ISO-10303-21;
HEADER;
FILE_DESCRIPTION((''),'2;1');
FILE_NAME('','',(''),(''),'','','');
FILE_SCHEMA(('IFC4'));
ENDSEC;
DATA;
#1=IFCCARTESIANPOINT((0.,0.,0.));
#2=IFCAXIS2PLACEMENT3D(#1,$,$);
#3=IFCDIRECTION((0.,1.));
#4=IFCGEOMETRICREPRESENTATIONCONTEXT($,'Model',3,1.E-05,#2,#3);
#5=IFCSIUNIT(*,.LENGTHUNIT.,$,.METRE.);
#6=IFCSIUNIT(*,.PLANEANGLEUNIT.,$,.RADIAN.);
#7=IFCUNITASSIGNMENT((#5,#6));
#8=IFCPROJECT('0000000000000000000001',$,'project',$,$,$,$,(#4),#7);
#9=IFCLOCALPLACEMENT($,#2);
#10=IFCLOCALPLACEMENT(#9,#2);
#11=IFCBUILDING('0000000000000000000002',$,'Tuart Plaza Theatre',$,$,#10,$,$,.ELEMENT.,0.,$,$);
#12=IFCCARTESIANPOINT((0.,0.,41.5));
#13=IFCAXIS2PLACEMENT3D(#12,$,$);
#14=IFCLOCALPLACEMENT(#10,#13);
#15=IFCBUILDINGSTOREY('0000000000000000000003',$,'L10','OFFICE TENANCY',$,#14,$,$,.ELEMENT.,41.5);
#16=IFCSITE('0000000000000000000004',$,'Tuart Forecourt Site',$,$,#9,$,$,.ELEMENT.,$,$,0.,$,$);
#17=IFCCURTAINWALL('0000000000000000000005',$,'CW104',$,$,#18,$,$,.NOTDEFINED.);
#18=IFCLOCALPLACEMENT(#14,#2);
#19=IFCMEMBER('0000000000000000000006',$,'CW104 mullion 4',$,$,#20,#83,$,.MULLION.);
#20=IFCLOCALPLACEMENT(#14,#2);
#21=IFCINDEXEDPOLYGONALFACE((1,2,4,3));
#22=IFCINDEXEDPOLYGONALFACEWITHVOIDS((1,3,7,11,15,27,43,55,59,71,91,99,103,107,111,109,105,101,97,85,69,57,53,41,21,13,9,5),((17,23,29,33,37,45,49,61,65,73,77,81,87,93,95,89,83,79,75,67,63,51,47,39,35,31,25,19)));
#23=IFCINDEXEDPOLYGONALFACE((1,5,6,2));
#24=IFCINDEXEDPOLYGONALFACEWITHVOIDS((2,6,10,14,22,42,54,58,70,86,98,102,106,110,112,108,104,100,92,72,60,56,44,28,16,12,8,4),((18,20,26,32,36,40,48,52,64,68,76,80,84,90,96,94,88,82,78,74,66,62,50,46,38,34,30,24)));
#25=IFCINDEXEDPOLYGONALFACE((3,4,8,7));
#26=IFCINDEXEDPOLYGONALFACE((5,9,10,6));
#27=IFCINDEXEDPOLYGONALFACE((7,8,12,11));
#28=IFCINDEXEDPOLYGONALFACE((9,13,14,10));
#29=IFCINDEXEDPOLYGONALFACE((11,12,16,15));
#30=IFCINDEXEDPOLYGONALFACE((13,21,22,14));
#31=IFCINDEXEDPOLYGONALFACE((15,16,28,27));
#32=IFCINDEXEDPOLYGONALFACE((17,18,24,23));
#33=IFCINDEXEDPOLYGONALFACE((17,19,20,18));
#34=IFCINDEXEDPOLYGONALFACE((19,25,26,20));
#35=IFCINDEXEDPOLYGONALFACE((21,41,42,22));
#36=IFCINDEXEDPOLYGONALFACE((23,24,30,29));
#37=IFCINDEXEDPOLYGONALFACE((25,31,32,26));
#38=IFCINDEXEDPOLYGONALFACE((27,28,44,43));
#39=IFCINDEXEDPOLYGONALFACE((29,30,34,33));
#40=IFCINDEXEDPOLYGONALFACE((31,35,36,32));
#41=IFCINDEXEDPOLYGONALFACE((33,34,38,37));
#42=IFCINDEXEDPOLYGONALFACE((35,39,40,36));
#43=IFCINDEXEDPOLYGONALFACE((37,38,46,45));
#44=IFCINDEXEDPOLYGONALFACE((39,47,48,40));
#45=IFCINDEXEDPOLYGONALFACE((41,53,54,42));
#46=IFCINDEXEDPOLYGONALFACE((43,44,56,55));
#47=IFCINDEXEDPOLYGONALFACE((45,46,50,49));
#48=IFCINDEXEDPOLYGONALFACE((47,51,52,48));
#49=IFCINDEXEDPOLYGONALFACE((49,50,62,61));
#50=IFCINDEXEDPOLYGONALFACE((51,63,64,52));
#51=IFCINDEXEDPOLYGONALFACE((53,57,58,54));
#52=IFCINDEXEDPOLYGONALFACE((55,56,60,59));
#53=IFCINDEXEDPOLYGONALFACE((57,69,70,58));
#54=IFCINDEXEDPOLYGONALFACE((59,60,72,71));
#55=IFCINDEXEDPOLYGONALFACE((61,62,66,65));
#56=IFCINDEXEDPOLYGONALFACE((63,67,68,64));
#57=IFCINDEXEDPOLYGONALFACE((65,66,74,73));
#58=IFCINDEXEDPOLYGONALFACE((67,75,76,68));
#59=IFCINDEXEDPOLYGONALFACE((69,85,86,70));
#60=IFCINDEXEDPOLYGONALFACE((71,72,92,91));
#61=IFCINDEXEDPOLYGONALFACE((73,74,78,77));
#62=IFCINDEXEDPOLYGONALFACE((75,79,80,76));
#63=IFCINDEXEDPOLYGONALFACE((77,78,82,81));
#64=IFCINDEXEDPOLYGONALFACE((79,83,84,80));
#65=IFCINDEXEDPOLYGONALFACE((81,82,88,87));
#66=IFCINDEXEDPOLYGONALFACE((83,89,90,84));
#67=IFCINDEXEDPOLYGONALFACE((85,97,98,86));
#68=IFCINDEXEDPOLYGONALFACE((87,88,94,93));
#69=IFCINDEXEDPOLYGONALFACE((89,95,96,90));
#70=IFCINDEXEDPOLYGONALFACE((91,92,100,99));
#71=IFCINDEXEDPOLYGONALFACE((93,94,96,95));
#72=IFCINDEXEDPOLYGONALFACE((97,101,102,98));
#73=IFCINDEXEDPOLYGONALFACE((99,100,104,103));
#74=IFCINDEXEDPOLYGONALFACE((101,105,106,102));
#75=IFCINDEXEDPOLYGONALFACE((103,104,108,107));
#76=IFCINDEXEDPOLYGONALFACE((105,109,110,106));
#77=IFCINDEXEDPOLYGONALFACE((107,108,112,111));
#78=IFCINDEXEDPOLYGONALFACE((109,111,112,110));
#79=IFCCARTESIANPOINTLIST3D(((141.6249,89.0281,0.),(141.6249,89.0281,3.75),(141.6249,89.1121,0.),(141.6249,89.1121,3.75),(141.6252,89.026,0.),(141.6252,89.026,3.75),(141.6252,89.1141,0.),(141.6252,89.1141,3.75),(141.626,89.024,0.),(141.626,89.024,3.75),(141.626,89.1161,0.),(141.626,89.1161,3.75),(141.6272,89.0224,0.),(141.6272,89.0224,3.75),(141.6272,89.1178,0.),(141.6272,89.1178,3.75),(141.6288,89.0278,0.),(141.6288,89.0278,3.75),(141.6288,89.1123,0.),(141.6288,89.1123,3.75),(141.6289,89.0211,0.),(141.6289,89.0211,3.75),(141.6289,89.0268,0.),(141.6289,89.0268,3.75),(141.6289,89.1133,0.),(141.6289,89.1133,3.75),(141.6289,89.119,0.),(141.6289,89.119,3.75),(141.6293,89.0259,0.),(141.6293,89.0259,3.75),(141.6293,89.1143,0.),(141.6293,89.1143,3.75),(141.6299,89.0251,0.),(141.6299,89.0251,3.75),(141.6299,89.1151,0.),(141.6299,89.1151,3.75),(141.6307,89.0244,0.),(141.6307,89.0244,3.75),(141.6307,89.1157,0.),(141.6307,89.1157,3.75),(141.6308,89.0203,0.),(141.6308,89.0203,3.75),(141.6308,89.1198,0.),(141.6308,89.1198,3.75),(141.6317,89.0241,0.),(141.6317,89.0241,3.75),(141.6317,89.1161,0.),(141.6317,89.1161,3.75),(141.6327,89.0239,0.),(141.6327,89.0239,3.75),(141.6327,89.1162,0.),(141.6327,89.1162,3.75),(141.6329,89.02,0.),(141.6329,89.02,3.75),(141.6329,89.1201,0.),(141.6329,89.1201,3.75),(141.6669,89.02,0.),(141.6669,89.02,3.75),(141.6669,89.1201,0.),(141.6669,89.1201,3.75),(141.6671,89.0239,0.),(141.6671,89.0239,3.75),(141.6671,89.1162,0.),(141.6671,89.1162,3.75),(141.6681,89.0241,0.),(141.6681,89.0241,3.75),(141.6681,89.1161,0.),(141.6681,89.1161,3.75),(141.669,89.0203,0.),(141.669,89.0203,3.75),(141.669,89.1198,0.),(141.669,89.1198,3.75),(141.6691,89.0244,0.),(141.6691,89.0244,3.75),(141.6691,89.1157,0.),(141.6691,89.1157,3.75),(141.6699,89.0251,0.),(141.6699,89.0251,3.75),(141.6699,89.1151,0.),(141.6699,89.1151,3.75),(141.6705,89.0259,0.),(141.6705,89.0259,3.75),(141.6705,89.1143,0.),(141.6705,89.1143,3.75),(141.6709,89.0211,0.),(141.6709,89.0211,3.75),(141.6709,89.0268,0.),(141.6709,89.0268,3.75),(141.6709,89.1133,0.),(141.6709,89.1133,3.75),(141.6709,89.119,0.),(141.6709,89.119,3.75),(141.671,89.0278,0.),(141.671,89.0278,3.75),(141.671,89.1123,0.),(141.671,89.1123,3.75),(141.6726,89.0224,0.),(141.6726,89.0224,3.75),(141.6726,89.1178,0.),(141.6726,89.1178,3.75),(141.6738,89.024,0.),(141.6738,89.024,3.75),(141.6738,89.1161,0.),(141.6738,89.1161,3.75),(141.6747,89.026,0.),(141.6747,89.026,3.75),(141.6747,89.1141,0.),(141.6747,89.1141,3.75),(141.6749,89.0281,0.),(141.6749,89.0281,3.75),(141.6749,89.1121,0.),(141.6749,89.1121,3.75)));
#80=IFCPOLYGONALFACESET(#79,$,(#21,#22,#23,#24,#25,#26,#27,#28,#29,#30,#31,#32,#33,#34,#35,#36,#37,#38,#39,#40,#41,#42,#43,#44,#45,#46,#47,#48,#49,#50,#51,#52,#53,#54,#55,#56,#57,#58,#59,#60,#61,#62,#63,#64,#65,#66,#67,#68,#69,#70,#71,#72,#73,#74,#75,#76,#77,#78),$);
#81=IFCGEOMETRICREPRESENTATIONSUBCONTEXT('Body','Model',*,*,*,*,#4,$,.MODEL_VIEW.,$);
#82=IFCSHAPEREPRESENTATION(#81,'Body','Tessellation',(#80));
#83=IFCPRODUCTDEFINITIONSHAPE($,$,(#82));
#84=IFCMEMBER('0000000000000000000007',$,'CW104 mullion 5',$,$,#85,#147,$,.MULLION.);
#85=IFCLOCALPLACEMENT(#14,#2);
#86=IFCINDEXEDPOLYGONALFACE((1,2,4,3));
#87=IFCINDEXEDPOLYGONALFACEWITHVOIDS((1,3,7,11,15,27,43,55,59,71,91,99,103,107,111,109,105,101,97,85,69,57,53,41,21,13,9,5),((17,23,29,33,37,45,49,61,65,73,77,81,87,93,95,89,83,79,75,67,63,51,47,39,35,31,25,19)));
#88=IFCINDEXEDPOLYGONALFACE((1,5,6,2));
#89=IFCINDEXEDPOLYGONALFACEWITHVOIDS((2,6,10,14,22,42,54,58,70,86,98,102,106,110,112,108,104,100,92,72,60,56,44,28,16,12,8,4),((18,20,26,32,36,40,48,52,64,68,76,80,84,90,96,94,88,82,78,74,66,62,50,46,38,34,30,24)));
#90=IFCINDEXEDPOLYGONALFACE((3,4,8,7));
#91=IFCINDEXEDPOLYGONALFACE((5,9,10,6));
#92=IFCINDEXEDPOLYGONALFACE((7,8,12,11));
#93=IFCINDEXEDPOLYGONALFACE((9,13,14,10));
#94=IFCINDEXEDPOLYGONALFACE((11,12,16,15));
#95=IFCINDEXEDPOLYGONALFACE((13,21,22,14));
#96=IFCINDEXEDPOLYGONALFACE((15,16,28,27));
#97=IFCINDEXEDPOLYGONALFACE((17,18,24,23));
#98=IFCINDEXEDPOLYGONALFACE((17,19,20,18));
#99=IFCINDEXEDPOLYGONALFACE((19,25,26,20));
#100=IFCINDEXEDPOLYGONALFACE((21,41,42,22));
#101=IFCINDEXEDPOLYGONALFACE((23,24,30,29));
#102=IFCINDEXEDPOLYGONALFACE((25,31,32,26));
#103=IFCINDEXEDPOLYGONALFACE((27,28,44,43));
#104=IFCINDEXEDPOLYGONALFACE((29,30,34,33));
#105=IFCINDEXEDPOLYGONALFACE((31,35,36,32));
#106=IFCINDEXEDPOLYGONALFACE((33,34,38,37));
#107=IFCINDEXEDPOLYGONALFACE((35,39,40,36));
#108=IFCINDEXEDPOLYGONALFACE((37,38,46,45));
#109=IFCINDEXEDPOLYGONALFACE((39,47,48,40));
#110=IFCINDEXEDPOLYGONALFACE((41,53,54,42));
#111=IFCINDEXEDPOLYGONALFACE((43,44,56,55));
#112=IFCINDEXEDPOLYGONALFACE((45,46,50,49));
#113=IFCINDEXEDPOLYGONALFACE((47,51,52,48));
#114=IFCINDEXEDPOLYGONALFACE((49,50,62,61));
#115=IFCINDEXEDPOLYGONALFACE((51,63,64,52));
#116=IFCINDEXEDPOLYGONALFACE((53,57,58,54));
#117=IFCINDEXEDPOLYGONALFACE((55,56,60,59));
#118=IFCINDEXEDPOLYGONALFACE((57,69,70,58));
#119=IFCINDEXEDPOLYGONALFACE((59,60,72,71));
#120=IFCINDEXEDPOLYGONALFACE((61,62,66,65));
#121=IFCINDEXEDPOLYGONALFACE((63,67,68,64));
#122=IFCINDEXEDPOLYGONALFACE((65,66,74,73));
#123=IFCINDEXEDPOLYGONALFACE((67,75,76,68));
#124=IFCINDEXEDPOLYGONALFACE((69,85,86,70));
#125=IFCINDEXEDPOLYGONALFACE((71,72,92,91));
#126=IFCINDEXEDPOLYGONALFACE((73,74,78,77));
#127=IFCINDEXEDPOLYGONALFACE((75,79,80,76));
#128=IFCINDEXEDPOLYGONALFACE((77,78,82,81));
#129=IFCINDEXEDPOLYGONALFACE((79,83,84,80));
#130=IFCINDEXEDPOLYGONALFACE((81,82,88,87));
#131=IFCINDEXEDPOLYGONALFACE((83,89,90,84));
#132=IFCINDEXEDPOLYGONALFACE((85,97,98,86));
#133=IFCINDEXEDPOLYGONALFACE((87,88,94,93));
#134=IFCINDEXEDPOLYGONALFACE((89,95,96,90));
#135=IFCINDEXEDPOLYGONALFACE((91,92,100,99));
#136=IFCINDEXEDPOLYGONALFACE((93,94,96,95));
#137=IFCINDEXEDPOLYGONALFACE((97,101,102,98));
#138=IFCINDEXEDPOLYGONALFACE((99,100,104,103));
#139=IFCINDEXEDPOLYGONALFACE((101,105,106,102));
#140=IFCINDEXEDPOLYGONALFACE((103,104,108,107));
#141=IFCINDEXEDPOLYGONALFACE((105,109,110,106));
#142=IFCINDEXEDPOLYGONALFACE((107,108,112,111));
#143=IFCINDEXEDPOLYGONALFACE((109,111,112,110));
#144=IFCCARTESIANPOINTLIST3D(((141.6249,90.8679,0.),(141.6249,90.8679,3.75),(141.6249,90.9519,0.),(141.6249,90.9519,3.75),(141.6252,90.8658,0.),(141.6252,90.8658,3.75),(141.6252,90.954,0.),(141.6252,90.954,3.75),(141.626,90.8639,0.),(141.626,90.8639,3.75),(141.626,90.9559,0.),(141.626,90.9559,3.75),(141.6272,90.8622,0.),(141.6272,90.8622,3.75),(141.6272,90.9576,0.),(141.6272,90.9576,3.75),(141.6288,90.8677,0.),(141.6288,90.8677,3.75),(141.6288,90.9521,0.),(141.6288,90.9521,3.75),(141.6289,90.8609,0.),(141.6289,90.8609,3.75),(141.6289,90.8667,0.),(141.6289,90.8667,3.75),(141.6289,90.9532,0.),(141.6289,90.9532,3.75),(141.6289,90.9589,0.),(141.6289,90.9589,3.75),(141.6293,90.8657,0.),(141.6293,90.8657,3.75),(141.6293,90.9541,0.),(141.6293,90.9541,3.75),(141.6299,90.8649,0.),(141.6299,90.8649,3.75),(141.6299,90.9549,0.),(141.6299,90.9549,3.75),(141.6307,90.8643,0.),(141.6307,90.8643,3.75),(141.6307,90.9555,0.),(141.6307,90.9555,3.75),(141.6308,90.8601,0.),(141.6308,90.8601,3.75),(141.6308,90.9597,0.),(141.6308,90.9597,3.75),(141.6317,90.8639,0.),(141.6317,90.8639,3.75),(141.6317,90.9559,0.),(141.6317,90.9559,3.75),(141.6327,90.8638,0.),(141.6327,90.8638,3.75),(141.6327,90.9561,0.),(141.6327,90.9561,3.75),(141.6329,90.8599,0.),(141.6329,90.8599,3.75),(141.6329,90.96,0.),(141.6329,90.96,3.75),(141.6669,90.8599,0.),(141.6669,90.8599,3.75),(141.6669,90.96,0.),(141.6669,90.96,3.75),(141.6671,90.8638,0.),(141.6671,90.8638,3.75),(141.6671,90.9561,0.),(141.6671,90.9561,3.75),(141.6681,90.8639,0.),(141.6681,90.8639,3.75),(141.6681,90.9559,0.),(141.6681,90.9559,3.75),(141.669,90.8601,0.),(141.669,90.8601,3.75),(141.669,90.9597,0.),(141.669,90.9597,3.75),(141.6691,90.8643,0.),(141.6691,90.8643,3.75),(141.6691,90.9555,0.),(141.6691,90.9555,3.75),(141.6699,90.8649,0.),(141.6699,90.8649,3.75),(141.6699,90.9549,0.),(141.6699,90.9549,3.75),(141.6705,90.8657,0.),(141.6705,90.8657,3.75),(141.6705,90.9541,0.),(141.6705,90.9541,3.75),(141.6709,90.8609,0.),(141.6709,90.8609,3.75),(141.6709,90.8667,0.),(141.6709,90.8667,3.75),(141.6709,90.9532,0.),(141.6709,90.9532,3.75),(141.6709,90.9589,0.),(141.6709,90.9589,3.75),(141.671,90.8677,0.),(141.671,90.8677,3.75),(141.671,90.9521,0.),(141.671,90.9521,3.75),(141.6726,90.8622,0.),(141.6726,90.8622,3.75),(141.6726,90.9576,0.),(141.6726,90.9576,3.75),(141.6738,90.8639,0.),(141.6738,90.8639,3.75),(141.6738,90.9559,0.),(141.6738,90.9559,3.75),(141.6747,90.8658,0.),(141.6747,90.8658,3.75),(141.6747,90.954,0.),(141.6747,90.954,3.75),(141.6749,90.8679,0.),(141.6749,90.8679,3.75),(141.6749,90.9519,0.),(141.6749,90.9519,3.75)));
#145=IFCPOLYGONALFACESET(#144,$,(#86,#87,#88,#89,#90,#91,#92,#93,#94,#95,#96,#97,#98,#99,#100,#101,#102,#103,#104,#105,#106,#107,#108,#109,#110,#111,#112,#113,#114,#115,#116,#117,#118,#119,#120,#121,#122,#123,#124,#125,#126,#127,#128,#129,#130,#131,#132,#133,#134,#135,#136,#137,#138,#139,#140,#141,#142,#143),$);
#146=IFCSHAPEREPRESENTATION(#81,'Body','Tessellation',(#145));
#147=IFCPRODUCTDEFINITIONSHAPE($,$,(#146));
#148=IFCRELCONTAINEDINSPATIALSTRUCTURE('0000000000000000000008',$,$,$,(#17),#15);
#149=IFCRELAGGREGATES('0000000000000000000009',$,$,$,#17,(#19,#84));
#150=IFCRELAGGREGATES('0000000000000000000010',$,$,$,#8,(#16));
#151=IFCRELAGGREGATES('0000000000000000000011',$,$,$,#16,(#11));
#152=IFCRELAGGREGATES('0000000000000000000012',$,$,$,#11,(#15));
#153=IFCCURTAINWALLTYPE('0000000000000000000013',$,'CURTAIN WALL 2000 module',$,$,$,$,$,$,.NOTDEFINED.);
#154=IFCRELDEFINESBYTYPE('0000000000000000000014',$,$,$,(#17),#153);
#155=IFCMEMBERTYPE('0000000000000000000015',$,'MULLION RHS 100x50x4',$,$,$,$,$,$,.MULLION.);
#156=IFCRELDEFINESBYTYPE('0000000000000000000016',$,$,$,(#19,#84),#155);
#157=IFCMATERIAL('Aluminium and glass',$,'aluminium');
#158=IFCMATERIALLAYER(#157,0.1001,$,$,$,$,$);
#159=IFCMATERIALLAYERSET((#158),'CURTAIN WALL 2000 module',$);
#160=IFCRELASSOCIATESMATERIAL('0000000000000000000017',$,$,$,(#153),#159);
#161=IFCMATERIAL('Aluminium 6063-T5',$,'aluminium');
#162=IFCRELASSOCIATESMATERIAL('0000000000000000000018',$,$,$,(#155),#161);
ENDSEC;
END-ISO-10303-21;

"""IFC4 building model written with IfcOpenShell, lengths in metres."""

from ifc_helpers import new_model, si_unit, direction, frame, origin, origin_2d, place, context, subcontext, project, spatial, hollow_rectangle, extrude, material, layer, layer_set, material_profile, profile_set, type_object, element, aggregate, save


model = new_model("IFC4")

# Units and contexts
model_context = context("Model", 3, precision=1e-05, world=origin(), true_north=direction((0.0, 1.0)))
body_context = subcontext(model_context, "Body", "Model", "MODEL_VIEW")
ifc_project = project(units=[si_unit("LENGTHUNIT", "METRE"), si_unit("PLANEANGLEUNIT", "RADIAN")], contexts=[model_context])

# Site, building, storey
site_placement = place(None, origin())
site = spatial("IfcSite", under=ifc_project, at=site_placement, Name="Tuart Forecourt Site", CompositionType="ELEMENT", RefElevation=0.0)
building_placement = place(site_placement, origin())
building = spatial("IfcBuilding", under=site, at=building_placement, Name="Tuart Plaza Theatre", CompositionType="ELEMENT", ElevationOfRefHeight=0.0)
storey_placement = place(building_placement, frame((0.0, 0.0, 41.5)))
storey = spatial("IfcBuildingStorey", under=building, at=storey_placement, Name="L10", Description="OFFICE TENANCY", CompositionType="ELEMENT", Elevation=41.5)

# Shared definitions
ifc_material_1 = material(Name="Aluminium and glass", Category="aluminium")
ifc_layer_1 = layer(ifc_material_1, 0.1001)
ifc_layer_set_1 = layer_set([ifc_layer_1], Name="CURTAIN WALL 2000 module")
curtain_wall_type = type_object("IfcCurtainWallType", Name="CURTAIN WALL 2000 module", PredefinedType="NOTDEFINED", material=ifc_layer_set_1)
ifc_material_2 = material(Name="Aluminium 6063-T5", Category="aluminium")
ifc_material_profile_1 = material_profile(ifc_material_2, hollow_rectangle(XDim=0.05, YDim=0.1001, WallThickness=0.0039, InnerFilletRadius=0.0039, OuterFilletRadius=0.0081, at=origin_2d()), Name="RHS 100x50x4")
ifc_profile_set_1 = profile_set([ifc_material_profile_1], Name="Aluminium 6063-T5")
member_type_1 = type_object("IfcMemberType", Name="MULLION RHS 100x50x4", PredefinedType="MULLION", material=ifc_profile_set_1)

# Curtain wall, members
curtain_wall_1_placement = place(storey_placement, origin())
curtain_wall_1 = element("IfcCurtainWall", 1, at=curtain_wall_1_placement, inside=storey, type_object=curtain_wall_type, Name="CW104", PredefinedType="NOTDEFINED")
member_1_placement = place(storey_placement, frame((141.6499, 89.0701, 0.0), z_axis=(0.0, 0.0, 1.0), x_axis=(-1.0, 0.0, 0.0)))
member_1 = element("IfcMember", 2, at=member_1_placement, type_object=member_type_1, Name="CW104 mullion 4", PredefinedType="MULLION", context=body_context, shape_type="SweptSolid", body=[
    extrude(hollow_rectangle(XDim=0.05, YDim=0.1001, WallThickness=0.0039, InnerFilletRadius=0.0039, OuterFilletRadius=0.0081, at=origin_2d()), origin(), (0.0, 0.0, 1.0), 3.75),
])
member_2_placement = place(storey_placement, frame((141.6499, 90.9099, 0.0), z_axis=(0.0, 0.0, 1.0), x_axis=(-1.0, 0.0, 0.0)))
member_2 = element("IfcMember", 3, at=member_2_placement, type_object=member_type_1, Name="CW104 mullion 5", PredefinedType="MULLION", context=body_context, shape_type="SweptSolid", body=[
    extrude(hollow_rectangle(XDim=0.05, YDim=0.1001, WallThickness=0.0039, InnerFilletRadius=0.0039, OuterFilletRadius=0.0081, at=origin_2d()), origin(), (0.0, 0.0, 1.0), 3.75),
])

aggregate(curtain_wall_1, [member_1, member_2])

save(model, "model.ifc")
